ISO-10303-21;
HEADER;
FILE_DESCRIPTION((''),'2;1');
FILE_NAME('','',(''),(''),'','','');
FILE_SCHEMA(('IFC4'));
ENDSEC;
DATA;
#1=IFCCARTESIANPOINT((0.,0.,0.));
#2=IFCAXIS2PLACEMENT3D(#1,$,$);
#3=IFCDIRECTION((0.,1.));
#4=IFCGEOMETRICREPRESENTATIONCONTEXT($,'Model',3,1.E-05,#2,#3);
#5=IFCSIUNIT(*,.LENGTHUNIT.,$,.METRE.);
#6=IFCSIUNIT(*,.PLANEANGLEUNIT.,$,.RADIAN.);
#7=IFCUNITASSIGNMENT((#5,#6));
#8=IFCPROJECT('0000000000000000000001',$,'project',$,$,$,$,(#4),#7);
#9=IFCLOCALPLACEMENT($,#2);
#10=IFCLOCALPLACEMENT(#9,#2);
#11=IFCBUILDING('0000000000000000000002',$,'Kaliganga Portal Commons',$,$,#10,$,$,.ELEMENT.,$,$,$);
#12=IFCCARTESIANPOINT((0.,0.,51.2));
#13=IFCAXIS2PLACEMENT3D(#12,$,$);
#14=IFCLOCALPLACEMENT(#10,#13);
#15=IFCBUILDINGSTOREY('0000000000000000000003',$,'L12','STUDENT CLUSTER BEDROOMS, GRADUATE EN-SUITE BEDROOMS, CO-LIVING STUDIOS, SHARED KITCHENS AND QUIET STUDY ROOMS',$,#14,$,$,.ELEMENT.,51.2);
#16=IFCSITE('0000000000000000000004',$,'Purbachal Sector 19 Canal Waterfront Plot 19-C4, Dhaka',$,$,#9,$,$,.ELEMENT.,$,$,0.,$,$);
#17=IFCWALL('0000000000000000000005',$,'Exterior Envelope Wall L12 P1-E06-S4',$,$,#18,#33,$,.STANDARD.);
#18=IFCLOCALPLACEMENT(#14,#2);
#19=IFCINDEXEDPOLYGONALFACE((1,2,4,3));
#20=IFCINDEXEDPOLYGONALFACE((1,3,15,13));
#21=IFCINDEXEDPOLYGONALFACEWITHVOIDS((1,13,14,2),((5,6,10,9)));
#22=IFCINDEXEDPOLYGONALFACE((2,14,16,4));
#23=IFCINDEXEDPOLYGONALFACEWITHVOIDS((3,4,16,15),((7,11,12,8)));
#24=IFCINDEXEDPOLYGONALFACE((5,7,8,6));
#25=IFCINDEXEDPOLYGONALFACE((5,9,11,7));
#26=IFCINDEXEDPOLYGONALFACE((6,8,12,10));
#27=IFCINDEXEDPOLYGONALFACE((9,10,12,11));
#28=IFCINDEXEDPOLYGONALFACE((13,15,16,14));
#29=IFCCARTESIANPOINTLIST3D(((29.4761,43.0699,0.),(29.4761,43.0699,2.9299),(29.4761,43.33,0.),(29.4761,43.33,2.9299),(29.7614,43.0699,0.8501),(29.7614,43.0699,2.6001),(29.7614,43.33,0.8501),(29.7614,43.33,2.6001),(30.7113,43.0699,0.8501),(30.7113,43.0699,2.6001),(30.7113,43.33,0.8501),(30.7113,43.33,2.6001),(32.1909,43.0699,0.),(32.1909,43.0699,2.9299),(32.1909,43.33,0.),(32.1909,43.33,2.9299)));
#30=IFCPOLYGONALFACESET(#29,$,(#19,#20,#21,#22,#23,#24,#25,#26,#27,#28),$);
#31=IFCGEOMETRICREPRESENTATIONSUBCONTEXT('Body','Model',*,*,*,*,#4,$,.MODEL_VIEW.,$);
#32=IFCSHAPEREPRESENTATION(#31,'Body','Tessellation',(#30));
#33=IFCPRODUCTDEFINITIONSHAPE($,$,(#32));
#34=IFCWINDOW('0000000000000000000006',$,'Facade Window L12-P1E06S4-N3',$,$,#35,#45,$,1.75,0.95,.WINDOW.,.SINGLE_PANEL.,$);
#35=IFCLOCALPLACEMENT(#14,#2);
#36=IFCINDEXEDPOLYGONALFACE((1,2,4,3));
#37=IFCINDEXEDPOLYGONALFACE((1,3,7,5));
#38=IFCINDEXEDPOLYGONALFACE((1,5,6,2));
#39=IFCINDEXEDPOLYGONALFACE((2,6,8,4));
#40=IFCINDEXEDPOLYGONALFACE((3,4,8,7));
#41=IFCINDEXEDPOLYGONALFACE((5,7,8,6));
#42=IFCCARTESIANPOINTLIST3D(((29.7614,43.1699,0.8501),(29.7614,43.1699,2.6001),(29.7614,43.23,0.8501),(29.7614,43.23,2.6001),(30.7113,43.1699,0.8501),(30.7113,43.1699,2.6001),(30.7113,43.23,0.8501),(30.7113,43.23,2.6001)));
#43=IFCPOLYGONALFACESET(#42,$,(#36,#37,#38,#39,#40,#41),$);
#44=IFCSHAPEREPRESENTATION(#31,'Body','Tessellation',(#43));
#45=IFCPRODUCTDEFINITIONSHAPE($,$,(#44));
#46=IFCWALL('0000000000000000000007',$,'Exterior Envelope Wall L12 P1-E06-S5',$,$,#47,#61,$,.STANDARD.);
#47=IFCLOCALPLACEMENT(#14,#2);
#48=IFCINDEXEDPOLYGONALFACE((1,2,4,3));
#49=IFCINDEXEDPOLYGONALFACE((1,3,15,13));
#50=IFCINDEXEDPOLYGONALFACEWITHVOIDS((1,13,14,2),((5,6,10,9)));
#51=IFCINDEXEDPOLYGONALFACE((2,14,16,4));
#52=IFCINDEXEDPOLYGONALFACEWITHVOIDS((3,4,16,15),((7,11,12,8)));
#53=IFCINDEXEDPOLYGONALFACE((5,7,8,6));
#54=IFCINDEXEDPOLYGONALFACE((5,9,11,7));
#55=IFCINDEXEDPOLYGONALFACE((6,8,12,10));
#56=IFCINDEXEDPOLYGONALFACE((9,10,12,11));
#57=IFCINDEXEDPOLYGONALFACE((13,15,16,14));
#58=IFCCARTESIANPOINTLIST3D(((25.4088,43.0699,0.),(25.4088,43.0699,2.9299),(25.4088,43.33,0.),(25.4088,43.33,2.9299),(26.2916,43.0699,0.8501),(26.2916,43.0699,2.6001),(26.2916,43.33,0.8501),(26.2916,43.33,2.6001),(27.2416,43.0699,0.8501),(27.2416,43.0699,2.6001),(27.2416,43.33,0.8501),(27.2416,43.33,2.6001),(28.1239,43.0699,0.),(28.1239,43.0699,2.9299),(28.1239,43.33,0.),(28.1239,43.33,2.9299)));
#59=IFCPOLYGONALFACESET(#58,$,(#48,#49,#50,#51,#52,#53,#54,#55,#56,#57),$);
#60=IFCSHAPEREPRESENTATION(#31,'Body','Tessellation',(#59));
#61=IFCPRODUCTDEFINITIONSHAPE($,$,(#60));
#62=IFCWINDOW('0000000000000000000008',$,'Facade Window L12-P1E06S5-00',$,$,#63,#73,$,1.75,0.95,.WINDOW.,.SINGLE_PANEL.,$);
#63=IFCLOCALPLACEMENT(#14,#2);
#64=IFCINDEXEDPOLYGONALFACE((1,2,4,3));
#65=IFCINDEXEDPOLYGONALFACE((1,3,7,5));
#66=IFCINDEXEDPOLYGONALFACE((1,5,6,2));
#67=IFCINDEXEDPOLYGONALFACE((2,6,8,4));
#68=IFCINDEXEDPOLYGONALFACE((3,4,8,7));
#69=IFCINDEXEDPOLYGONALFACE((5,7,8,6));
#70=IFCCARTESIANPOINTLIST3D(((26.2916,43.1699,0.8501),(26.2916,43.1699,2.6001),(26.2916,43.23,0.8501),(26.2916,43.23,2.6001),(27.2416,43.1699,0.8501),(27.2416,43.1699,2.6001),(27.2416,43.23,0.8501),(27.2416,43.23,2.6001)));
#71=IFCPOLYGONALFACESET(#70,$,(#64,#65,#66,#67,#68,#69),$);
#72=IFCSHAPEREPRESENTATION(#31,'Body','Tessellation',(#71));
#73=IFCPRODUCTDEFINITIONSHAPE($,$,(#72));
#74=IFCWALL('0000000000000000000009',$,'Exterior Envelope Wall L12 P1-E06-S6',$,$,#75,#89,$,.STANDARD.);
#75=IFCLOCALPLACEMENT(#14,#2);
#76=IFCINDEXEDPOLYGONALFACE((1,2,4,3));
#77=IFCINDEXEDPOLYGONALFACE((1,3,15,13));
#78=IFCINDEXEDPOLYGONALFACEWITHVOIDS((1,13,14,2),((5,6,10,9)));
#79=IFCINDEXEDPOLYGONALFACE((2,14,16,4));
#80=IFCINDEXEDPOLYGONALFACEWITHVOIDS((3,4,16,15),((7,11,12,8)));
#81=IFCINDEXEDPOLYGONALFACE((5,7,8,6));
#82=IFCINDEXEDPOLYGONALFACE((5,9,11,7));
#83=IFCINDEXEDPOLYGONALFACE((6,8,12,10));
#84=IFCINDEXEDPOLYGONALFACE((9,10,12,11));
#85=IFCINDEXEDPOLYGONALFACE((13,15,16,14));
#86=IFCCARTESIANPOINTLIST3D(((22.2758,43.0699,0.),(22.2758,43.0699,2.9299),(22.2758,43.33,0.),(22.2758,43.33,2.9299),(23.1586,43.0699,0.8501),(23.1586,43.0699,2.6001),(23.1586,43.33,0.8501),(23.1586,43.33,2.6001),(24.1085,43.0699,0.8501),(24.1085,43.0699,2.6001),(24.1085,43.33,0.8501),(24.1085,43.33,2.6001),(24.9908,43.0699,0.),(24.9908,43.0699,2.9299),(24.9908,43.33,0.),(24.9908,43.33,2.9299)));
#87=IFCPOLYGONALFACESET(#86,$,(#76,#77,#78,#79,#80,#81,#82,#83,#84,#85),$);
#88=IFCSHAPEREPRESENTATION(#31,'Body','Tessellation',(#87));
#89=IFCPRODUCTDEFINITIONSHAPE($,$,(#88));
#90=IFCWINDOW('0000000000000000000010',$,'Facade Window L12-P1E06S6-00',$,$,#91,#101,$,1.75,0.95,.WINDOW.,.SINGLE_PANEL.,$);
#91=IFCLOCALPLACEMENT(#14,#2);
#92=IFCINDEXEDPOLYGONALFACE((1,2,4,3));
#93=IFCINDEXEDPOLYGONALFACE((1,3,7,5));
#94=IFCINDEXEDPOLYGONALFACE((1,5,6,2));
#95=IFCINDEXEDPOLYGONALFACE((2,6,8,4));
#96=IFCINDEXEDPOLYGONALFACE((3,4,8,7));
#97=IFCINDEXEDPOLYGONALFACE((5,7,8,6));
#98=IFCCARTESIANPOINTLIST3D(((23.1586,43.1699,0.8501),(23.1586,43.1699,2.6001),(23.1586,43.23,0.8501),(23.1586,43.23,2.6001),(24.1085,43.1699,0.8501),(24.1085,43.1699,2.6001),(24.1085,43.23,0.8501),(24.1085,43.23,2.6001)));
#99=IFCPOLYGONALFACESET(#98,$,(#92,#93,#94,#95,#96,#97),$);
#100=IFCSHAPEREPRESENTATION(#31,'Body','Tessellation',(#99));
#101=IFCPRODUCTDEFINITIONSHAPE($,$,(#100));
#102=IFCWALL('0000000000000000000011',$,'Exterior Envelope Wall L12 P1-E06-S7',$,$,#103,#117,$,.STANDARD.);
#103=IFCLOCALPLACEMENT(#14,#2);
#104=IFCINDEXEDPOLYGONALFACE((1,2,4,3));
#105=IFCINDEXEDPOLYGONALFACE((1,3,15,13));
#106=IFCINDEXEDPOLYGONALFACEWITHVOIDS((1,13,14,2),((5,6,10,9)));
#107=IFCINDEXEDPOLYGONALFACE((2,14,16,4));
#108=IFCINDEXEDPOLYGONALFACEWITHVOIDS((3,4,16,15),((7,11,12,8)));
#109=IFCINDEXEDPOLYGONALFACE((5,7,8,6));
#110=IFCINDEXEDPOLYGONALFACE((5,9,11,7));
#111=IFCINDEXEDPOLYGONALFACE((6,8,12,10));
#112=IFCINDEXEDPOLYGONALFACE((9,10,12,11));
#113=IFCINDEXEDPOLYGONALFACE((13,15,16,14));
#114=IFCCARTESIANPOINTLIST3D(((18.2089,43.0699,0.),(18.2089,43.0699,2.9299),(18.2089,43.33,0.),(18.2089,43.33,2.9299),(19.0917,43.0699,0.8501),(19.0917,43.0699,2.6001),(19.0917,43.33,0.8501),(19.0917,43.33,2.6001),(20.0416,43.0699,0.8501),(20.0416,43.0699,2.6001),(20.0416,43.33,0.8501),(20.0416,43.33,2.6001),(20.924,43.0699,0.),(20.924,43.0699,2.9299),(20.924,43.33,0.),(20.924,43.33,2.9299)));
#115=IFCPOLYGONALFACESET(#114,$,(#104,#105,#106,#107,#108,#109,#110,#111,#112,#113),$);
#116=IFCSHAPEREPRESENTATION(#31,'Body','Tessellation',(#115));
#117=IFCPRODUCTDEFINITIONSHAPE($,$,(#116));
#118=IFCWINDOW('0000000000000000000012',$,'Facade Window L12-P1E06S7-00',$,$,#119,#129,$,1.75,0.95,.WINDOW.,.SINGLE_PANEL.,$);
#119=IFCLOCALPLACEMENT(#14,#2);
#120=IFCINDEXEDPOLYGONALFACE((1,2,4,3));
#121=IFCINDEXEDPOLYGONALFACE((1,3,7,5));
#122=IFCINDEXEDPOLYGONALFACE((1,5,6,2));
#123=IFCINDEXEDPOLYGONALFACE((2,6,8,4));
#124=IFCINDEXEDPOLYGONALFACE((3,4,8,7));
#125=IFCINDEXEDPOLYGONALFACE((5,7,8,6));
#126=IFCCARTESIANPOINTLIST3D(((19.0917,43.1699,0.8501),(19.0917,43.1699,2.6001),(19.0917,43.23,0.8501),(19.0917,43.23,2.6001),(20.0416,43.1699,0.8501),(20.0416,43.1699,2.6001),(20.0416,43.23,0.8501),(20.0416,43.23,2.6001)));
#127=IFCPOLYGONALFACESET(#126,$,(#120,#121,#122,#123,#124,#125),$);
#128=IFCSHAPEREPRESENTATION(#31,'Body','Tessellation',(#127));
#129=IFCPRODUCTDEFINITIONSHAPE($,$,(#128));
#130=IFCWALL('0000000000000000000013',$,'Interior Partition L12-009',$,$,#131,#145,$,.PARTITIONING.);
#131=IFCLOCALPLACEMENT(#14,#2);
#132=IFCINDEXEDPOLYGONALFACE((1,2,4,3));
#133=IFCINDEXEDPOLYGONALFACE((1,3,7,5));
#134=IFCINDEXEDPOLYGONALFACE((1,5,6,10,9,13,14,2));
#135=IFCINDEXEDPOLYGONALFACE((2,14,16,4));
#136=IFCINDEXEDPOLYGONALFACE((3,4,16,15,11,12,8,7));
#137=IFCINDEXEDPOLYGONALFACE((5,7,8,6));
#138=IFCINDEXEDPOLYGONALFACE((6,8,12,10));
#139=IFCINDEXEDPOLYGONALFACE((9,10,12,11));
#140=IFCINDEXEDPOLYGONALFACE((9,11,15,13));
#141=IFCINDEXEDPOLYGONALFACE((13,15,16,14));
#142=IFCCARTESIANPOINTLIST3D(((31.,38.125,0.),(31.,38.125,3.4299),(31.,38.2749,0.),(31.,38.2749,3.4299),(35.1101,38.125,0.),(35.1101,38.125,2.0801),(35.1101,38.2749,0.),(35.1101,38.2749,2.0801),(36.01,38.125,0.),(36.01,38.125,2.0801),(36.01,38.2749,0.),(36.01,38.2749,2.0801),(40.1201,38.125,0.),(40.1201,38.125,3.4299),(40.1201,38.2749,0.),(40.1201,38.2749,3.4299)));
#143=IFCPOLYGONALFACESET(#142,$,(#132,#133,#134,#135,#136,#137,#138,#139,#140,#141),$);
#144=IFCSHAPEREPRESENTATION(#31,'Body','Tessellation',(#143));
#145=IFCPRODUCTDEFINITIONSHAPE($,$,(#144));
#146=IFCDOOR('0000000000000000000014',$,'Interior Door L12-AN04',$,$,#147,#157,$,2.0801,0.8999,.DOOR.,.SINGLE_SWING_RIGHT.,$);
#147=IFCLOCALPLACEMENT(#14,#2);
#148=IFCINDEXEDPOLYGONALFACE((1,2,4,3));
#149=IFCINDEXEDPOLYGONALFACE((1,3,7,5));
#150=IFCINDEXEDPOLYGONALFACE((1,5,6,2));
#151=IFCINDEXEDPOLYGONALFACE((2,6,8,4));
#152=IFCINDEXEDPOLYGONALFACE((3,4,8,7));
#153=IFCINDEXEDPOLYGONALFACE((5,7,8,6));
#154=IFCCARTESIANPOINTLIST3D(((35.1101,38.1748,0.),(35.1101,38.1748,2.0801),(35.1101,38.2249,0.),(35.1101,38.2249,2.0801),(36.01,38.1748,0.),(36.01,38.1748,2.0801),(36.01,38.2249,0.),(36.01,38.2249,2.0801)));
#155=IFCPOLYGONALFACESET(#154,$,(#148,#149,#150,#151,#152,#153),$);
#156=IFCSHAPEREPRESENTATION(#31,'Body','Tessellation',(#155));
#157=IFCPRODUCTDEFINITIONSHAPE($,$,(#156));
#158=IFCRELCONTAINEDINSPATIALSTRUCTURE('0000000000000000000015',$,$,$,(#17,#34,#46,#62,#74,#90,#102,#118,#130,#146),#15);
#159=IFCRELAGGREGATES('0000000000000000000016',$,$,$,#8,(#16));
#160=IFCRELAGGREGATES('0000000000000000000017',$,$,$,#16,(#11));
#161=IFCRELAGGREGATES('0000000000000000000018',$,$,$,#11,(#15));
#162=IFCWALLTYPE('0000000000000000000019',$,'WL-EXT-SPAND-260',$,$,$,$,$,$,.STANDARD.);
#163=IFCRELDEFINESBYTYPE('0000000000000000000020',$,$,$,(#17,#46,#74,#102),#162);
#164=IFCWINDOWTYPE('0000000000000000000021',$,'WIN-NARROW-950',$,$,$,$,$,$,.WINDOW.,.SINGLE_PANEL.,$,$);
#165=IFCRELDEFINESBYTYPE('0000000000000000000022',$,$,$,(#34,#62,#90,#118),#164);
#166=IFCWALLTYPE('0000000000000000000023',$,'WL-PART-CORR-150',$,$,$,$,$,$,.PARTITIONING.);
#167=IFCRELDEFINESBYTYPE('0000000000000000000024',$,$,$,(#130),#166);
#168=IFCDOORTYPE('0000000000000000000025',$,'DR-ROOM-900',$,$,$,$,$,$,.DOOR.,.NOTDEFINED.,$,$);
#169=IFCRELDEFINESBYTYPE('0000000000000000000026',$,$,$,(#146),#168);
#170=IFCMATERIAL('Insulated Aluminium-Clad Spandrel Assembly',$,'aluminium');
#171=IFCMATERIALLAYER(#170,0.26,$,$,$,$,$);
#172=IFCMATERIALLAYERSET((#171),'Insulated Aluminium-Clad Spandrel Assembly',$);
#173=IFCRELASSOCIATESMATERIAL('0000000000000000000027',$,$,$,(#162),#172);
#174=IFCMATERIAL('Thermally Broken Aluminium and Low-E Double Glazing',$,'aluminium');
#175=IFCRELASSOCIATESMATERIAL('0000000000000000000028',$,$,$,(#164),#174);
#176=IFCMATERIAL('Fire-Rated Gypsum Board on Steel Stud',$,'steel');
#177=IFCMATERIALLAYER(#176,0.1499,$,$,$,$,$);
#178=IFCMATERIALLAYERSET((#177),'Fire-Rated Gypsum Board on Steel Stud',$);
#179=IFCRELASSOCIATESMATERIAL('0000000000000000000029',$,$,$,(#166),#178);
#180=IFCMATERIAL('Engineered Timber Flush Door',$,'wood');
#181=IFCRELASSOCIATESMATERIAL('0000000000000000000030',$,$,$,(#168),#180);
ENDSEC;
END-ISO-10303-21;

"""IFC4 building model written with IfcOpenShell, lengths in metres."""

from ifc_helpers import new_model, si_unit, direction, frame, frame_2d, origin, place, context, subcontext, project, spatial, rectangle, extrude, material, layer, layer_set, type_object, element, fill, save


model = new_model("IFC4")

# Units and contexts
model_context = context("Model", 3, precision=1e-05, world=origin(), true_north=direction((0.0, 1.0)))
body_context = subcontext(model_context, "Body", "Model", "MODEL_VIEW")
ifc_project = project(units=[si_unit("LENGTHUNIT", "METRE"), si_unit("PLANEANGLEUNIT", "RADIAN")], contexts=[model_context])

# Site, building, storey
site_placement = place(None, origin())
site = spatial("IfcSite", under=ifc_project, at=site_placement, Name="Purbachal Sector 19 Canal Waterfront Plot 19-C4, Dhaka", CompositionType="ELEMENT", RefElevation=0.0)
building_placement = place(site_placement, origin())
building = spatial("IfcBuilding", under=site, at=building_placement, Name="Kaliganga Portal Commons", CompositionType="ELEMENT")
storey_placement = place(building_placement, frame((0.0, 0.0, 51.2)))
storey = spatial("IfcBuildingStorey", under=building, at=storey_placement, Name="L12", Description="STUDENT CLUSTER BEDROOMS, GRADUATE EN-SUITE BEDROOMS, CO-LIVING STUDIOS, SHARED KITCHENS AND QUIET STUDY ROOMS", CompositionType="ELEMENT", Elevation=51.2)

# Walls, openings, windows
ifc_material_1 = material(Name="Insulated Aluminium-Clad Spandrel Assembly", Category="aluminium")
ifc_layer_1 = layer(ifc_material_1, 0.26)
ifc_layer_set_1 = layer_set([ifc_layer_1], Name="Insulated Aluminium-Clad Spandrel Assembly")
wall_type_1 = type_object("IfcWallType", Name="WL-EXT-SPAND-260", PredefinedType="STANDARD", material=ifc_layer_set_1)
wall_1_placement = place(storey_placement, frame((29.4761, 43.2, 0.0), z_axis=(0.0, 0.0, 1.0), x_axis=(1.0, 0.0, 0.0)))
wall_1 = element("IfcWall", 1, at=wall_1_placement, inside=storey, type_object=wall_type_1, Name="Exterior Envelope Wall L12 P1-E06-S4", PredefinedType="STANDARD", context=body_context, shape_type="SweptSolid", body=[
    extrude(rectangle(XDim=2.7148, YDim=0.26, at=frame_2d((1.3574, 0.0))), origin(), (0.0, 0.0, 1.0), 2.9299),
])
opening_1_placement = place(wall_1_placement, frame((0.2852, 0.0, 0.8501)))
opening_1 = element("IfcOpeningElement", 2, at=opening_1_placement, cuts=wall_1, PredefinedType="OPENING", context=body_context, shape_type="SweptSolid", body=[
    extrude(rectangle(XDim=0.95, YDim=1.75, at=frame_2d((0.4751, 0.875))), frame((0.0, 0.1401, 0.0), z_axis=(0.0, -1.0, 0.0), x_axis=(1.0, 0.0, 0.0)), (0.0, 0.0, 1.0), 0.28),
])
ifc_material_2 = material(Name="Thermally Broken Aluminium and Low-E Double Glazing", Category="aluminium")
window_type = type_object("IfcWindowType", Name="WIN-NARROW-950", PartitioningType="SINGLE_PANEL", PredefinedType="WINDOW", material=ifc_material_2)
window_1_placement = place(opening_1_placement, origin())
window_1 = element("IfcWindow", 3, at=window_1_placement, inside=storey, type_object=window_type, Name="Facade Window L12-P1E06S4-N3", OverallHeight=1.75, OverallWidth=0.95, PartitioningType="SINGLE_PANEL", PredefinedType="WINDOW", context=body_context, shape_type="SweptSolid", body=[
    extrude(rectangle(XDim=0.95, YDim=1.75, at=frame_2d((0.4751, 0.875))), frame((0.0, 0.03, 0.0), z_axis=(0.0, -1.0, 0.0), x_axis=(1.0, 0.0, 0.0)), (0.0, 0.0, 1.0), 0.0601),
])
fill(opening_1, window_1)
wall_2_placement = place(storey_placement, frame((25.4089, 43.2, 0.0), z_axis=(0.0, 0.0, 1.0), x_axis=(1.0, 0.0, 0.0)))
wall_2 = element("IfcWall", 4, at=wall_2_placement, inside=storey, type_object=wall_type_1, Name="Exterior Envelope Wall L12 P1-E06-S5", PredefinedType="STANDARD", context=body_context, shape_type="SweptSolid", body=[
    extrude(rectangle(XDim=2.7151, YDim=0.26, at=frame_2d((1.3574, 0.0))), origin(), (0.0, 0.0, 1.0), 2.9299),
])
opening_2_placement = place(wall_2_placement, frame((0.8826, 0.0, 0.8501)))
opening_2 = element("IfcOpeningElement", 5, at=opening_2_placement, cuts=wall_2, PredefinedType="OPENING", context=body_context, shape_type="SweptSolid", body=[
    extrude(rectangle(XDim=0.95, YDim=1.75, at=frame_2d((0.4751, 0.875))), frame((0.0, 0.1401, 0.0), z_axis=(0.0, -1.0, 0.0), x_axis=(1.0, 0.0, 0.0)), (0.0, 0.0, 1.0), 0.28),
])
window_2_placement = place(opening_2_placement, origin())
window_2 = element("IfcWindow", 6, at=window_2_placement, inside=storey, type_object=window_type, Name="Facade Window L12-P1E06S5-00", OverallHeight=1.75, OverallWidth=0.95, PartitioningType="SINGLE_PANEL", PredefinedType="WINDOW", context=body_context, shape_type="SweptSolid", body=[
    extrude(rectangle(XDim=0.95, YDim=1.75, at=frame_2d((0.4751, 0.875))), frame((0.0, 0.03, 0.0), z_axis=(0.0, -1.0, 0.0), x_axis=(1.0, 0.0, 0.0)), (0.0, 0.0, 1.0), 0.0601),
])
fill(opening_2, window_2)
wall_3_placement = place(storey_placement, frame((22.2759, 43.2, 0.0), z_axis=(0.0, 0.0, 1.0), x_axis=(1.0, 0.0, 0.0)))
wall_3 = element("IfcWall", 7, at=wall_3_placement, inside=storey, type_object=wall_type_1, Name="Exterior Envelope Wall L12 P1-E06-S6", PredefinedType="STANDARD", context=body_context, shape_type="SweptSolid", body=[
    extrude(rectangle(XDim=2.7151, YDim=0.26, at=frame_2d((1.3574, 0.0))), origin(), (0.0, 0.0, 1.0), 2.9299),
])
opening_3_placement = place(wall_3_placement, frame((0.8826, 0.0, 0.8501)))
opening_3 = element("IfcOpeningElement", 8, at=opening_3_placement, cuts=wall_3, PredefinedType="OPENING", context=body_context, shape_type="SweptSolid", body=[
    extrude(rectangle(XDim=0.95, YDim=1.75, at=frame_2d((0.4751, 0.875))), frame((0.0, 0.1401, 0.0), z_axis=(0.0, -1.0, 0.0), x_axis=(1.0, 0.0, 0.0)), (0.0, 0.0, 1.0), 0.28),
])
window_3_placement = place(opening_3_placement, origin())
window_3 = element("IfcWindow", 9, at=window_3_placement, inside=storey, type_object=window_type, Name="Facade Window L12-P1E06S6-00", OverallHeight=1.75, OverallWidth=0.95, PartitioningType="SINGLE_PANEL", PredefinedType="WINDOW", context=body_context, shape_type="SweptSolid", body=[
    extrude(rectangle(XDim=0.95, YDim=1.75, at=frame_2d((0.4751, 0.875))), frame((0.0, 0.03, 0.0), z_axis=(0.0, -1.0, 0.0), x_axis=(1.0, 0.0, 0.0)), (0.0, 0.0, 1.0), 0.0601),
])
fill(opening_3, window_3)
wall_4_placement = place(storey_placement, frame((18.209, 43.2, 0.0), z_axis=(0.0, 0.0, 1.0), x_axis=(1.0, 0.0, 0.0)))
wall_4 = element("IfcWall", 10, at=wall_4_placement, inside=storey, type_object=wall_type_1, Name="Exterior Envelope Wall L12 P1-E06-S7", PredefinedType="STANDARD", context=body_context, shape_type="SweptSolid", body=[
    extrude(rectangle(XDim=2.7151, YDim=0.26, at=frame_2d((1.3574, 0.0))), origin(), (0.0, 0.0, 1.0), 2.9299),
])
opening_4_placement = place(wall_4_placement, frame((0.8826, 0.0, 0.8501)))
opening_4 = element("IfcOpeningElement", 11, at=opening_4_placement, cuts=wall_4, PredefinedType="OPENING", context=body_context, shape_type="SweptSolid", body=[
    extrude(rectangle(XDim=0.95, YDim=1.75, at=frame_2d((0.4751, 0.875))), frame((0.0, 0.1401, 0.0), z_axis=(0.0, -1.0, 0.0), x_axis=(1.0, 0.0, 0.0)), (0.0, 0.0, 1.0), 0.28),
])
window_4_placement = place(opening_4_placement, origin())
window_4 = element("IfcWindow", 12, at=window_4_placement, inside=storey, type_object=window_type, Name="Facade Window L12-P1E06S7-00", OverallHeight=1.75, OverallWidth=0.95, PartitioningType="SINGLE_PANEL", PredefinedType="WINDOW", context=body_context, shape_type="SweptSolid", body=[
    extrude(rectangle(XDim=0.95, YDim=1.75, at=frame_2d((0.4751, 0.875))), frame((0.0, 0.03, 0.0), z_axis=(0.0, -1.0, 0.0), x_axis=(1.0, 0.0, 0.0)), (0.0, 0.0, 1.0), 0.0601),
])
fill(opening_4, window_4)

# Wall, opening, door
ifc_material_3 = material(Name="Fire-Rated Gypsum Board on Steel Stud", Category="steel")
ifc_layer_2 = layer(ifc_material_3, 0.1499)
ifc_layer_set_2 = layer_set([ifc_layer_2], Name="Fire-Rated Gypsum Board on Steel Stud")
wall_type_2 = type_object("IfcWallType", Name="WL-PART-CORR-150", PredefinedType="PARTITIONING", material=ifc_layer_set_2)
wall_5_placement = place(storey_placement, frame((31.0, 38.2, 0.0), z_axis=(0.0, 0.0, 1.0), x_axis=(1.0, 0.0, 0.0)))
wall_5 = element("IfcWall", 13, at=wall_5_placement, inside=storey, type_object=wall_type_2, Name="Interior Partition L12-009", PredefinedType="PARTITIONING", context=body_context, shape_type="SweptSolid", body=[
    extrude(rectangle(XDim=9.1201, YDim=0.1499, at=frame_2d((4.5601, 0.0))), origin(), (0.0, 0.0, 1.0), 3.4299),
])
opening_5_placement = place(wall_5_placement, frame((4.1101, 0.0, 0.0)))
opening_5 = element("IfcOpeningElement", 14, at=opening_5_placement, cuts=wall_5, PredefinedType="OPENING", context=body_context, shape_type="SweptSolid", body=[
    extrude(rectangle(XDim=0.8999, YDim=2.0801, at=frame_2d((0.45, 1.04))), frame((0.0, 0.085, 0.0), z_axis=(0.0, -1.0, 0.0), x_axis=(1.0, 0.0, 0.0)), (0.0, 0.0, 1.0), 0.1699),
])
ifc_material_4 = material(Name="Engineered Timber Flush Door", Category="wood")
door_type_1 = type_object("IfcDoorType", Name="DR-ROOM-900", OperationType="NOTDEFINED", PredefinedType="DOOR", material=ifc_material_4)
door_1_placement = place(opening_5_placement, origin())
door_1 = element("IfcDoor", 15, at=door_1_placement, inside=storey, type_object=door_type_1, Name="Interior Door L12-AN04", OperationType="SINGLE_SWING_RIGHT", OverallHeight=2.0801, OverallWidth=0.8999, PredefinedType="DOOR", context=body_context, shape_type="SweptSolid", body=[
    extrude(rectangle(XDim=0.8999, YDim=2.0801, at=frame_2d((0.45, 1.04))), frame((0.0, 0.0249, 0.0), z_axis=(0.0, -1.0, 0.0), x_axis=(1.0, 0.0, 0.0)), (0.0, 0.0, 1.0), 0.05),
])
fill(opening_5, door_1)

save(model, "model.ifc")
